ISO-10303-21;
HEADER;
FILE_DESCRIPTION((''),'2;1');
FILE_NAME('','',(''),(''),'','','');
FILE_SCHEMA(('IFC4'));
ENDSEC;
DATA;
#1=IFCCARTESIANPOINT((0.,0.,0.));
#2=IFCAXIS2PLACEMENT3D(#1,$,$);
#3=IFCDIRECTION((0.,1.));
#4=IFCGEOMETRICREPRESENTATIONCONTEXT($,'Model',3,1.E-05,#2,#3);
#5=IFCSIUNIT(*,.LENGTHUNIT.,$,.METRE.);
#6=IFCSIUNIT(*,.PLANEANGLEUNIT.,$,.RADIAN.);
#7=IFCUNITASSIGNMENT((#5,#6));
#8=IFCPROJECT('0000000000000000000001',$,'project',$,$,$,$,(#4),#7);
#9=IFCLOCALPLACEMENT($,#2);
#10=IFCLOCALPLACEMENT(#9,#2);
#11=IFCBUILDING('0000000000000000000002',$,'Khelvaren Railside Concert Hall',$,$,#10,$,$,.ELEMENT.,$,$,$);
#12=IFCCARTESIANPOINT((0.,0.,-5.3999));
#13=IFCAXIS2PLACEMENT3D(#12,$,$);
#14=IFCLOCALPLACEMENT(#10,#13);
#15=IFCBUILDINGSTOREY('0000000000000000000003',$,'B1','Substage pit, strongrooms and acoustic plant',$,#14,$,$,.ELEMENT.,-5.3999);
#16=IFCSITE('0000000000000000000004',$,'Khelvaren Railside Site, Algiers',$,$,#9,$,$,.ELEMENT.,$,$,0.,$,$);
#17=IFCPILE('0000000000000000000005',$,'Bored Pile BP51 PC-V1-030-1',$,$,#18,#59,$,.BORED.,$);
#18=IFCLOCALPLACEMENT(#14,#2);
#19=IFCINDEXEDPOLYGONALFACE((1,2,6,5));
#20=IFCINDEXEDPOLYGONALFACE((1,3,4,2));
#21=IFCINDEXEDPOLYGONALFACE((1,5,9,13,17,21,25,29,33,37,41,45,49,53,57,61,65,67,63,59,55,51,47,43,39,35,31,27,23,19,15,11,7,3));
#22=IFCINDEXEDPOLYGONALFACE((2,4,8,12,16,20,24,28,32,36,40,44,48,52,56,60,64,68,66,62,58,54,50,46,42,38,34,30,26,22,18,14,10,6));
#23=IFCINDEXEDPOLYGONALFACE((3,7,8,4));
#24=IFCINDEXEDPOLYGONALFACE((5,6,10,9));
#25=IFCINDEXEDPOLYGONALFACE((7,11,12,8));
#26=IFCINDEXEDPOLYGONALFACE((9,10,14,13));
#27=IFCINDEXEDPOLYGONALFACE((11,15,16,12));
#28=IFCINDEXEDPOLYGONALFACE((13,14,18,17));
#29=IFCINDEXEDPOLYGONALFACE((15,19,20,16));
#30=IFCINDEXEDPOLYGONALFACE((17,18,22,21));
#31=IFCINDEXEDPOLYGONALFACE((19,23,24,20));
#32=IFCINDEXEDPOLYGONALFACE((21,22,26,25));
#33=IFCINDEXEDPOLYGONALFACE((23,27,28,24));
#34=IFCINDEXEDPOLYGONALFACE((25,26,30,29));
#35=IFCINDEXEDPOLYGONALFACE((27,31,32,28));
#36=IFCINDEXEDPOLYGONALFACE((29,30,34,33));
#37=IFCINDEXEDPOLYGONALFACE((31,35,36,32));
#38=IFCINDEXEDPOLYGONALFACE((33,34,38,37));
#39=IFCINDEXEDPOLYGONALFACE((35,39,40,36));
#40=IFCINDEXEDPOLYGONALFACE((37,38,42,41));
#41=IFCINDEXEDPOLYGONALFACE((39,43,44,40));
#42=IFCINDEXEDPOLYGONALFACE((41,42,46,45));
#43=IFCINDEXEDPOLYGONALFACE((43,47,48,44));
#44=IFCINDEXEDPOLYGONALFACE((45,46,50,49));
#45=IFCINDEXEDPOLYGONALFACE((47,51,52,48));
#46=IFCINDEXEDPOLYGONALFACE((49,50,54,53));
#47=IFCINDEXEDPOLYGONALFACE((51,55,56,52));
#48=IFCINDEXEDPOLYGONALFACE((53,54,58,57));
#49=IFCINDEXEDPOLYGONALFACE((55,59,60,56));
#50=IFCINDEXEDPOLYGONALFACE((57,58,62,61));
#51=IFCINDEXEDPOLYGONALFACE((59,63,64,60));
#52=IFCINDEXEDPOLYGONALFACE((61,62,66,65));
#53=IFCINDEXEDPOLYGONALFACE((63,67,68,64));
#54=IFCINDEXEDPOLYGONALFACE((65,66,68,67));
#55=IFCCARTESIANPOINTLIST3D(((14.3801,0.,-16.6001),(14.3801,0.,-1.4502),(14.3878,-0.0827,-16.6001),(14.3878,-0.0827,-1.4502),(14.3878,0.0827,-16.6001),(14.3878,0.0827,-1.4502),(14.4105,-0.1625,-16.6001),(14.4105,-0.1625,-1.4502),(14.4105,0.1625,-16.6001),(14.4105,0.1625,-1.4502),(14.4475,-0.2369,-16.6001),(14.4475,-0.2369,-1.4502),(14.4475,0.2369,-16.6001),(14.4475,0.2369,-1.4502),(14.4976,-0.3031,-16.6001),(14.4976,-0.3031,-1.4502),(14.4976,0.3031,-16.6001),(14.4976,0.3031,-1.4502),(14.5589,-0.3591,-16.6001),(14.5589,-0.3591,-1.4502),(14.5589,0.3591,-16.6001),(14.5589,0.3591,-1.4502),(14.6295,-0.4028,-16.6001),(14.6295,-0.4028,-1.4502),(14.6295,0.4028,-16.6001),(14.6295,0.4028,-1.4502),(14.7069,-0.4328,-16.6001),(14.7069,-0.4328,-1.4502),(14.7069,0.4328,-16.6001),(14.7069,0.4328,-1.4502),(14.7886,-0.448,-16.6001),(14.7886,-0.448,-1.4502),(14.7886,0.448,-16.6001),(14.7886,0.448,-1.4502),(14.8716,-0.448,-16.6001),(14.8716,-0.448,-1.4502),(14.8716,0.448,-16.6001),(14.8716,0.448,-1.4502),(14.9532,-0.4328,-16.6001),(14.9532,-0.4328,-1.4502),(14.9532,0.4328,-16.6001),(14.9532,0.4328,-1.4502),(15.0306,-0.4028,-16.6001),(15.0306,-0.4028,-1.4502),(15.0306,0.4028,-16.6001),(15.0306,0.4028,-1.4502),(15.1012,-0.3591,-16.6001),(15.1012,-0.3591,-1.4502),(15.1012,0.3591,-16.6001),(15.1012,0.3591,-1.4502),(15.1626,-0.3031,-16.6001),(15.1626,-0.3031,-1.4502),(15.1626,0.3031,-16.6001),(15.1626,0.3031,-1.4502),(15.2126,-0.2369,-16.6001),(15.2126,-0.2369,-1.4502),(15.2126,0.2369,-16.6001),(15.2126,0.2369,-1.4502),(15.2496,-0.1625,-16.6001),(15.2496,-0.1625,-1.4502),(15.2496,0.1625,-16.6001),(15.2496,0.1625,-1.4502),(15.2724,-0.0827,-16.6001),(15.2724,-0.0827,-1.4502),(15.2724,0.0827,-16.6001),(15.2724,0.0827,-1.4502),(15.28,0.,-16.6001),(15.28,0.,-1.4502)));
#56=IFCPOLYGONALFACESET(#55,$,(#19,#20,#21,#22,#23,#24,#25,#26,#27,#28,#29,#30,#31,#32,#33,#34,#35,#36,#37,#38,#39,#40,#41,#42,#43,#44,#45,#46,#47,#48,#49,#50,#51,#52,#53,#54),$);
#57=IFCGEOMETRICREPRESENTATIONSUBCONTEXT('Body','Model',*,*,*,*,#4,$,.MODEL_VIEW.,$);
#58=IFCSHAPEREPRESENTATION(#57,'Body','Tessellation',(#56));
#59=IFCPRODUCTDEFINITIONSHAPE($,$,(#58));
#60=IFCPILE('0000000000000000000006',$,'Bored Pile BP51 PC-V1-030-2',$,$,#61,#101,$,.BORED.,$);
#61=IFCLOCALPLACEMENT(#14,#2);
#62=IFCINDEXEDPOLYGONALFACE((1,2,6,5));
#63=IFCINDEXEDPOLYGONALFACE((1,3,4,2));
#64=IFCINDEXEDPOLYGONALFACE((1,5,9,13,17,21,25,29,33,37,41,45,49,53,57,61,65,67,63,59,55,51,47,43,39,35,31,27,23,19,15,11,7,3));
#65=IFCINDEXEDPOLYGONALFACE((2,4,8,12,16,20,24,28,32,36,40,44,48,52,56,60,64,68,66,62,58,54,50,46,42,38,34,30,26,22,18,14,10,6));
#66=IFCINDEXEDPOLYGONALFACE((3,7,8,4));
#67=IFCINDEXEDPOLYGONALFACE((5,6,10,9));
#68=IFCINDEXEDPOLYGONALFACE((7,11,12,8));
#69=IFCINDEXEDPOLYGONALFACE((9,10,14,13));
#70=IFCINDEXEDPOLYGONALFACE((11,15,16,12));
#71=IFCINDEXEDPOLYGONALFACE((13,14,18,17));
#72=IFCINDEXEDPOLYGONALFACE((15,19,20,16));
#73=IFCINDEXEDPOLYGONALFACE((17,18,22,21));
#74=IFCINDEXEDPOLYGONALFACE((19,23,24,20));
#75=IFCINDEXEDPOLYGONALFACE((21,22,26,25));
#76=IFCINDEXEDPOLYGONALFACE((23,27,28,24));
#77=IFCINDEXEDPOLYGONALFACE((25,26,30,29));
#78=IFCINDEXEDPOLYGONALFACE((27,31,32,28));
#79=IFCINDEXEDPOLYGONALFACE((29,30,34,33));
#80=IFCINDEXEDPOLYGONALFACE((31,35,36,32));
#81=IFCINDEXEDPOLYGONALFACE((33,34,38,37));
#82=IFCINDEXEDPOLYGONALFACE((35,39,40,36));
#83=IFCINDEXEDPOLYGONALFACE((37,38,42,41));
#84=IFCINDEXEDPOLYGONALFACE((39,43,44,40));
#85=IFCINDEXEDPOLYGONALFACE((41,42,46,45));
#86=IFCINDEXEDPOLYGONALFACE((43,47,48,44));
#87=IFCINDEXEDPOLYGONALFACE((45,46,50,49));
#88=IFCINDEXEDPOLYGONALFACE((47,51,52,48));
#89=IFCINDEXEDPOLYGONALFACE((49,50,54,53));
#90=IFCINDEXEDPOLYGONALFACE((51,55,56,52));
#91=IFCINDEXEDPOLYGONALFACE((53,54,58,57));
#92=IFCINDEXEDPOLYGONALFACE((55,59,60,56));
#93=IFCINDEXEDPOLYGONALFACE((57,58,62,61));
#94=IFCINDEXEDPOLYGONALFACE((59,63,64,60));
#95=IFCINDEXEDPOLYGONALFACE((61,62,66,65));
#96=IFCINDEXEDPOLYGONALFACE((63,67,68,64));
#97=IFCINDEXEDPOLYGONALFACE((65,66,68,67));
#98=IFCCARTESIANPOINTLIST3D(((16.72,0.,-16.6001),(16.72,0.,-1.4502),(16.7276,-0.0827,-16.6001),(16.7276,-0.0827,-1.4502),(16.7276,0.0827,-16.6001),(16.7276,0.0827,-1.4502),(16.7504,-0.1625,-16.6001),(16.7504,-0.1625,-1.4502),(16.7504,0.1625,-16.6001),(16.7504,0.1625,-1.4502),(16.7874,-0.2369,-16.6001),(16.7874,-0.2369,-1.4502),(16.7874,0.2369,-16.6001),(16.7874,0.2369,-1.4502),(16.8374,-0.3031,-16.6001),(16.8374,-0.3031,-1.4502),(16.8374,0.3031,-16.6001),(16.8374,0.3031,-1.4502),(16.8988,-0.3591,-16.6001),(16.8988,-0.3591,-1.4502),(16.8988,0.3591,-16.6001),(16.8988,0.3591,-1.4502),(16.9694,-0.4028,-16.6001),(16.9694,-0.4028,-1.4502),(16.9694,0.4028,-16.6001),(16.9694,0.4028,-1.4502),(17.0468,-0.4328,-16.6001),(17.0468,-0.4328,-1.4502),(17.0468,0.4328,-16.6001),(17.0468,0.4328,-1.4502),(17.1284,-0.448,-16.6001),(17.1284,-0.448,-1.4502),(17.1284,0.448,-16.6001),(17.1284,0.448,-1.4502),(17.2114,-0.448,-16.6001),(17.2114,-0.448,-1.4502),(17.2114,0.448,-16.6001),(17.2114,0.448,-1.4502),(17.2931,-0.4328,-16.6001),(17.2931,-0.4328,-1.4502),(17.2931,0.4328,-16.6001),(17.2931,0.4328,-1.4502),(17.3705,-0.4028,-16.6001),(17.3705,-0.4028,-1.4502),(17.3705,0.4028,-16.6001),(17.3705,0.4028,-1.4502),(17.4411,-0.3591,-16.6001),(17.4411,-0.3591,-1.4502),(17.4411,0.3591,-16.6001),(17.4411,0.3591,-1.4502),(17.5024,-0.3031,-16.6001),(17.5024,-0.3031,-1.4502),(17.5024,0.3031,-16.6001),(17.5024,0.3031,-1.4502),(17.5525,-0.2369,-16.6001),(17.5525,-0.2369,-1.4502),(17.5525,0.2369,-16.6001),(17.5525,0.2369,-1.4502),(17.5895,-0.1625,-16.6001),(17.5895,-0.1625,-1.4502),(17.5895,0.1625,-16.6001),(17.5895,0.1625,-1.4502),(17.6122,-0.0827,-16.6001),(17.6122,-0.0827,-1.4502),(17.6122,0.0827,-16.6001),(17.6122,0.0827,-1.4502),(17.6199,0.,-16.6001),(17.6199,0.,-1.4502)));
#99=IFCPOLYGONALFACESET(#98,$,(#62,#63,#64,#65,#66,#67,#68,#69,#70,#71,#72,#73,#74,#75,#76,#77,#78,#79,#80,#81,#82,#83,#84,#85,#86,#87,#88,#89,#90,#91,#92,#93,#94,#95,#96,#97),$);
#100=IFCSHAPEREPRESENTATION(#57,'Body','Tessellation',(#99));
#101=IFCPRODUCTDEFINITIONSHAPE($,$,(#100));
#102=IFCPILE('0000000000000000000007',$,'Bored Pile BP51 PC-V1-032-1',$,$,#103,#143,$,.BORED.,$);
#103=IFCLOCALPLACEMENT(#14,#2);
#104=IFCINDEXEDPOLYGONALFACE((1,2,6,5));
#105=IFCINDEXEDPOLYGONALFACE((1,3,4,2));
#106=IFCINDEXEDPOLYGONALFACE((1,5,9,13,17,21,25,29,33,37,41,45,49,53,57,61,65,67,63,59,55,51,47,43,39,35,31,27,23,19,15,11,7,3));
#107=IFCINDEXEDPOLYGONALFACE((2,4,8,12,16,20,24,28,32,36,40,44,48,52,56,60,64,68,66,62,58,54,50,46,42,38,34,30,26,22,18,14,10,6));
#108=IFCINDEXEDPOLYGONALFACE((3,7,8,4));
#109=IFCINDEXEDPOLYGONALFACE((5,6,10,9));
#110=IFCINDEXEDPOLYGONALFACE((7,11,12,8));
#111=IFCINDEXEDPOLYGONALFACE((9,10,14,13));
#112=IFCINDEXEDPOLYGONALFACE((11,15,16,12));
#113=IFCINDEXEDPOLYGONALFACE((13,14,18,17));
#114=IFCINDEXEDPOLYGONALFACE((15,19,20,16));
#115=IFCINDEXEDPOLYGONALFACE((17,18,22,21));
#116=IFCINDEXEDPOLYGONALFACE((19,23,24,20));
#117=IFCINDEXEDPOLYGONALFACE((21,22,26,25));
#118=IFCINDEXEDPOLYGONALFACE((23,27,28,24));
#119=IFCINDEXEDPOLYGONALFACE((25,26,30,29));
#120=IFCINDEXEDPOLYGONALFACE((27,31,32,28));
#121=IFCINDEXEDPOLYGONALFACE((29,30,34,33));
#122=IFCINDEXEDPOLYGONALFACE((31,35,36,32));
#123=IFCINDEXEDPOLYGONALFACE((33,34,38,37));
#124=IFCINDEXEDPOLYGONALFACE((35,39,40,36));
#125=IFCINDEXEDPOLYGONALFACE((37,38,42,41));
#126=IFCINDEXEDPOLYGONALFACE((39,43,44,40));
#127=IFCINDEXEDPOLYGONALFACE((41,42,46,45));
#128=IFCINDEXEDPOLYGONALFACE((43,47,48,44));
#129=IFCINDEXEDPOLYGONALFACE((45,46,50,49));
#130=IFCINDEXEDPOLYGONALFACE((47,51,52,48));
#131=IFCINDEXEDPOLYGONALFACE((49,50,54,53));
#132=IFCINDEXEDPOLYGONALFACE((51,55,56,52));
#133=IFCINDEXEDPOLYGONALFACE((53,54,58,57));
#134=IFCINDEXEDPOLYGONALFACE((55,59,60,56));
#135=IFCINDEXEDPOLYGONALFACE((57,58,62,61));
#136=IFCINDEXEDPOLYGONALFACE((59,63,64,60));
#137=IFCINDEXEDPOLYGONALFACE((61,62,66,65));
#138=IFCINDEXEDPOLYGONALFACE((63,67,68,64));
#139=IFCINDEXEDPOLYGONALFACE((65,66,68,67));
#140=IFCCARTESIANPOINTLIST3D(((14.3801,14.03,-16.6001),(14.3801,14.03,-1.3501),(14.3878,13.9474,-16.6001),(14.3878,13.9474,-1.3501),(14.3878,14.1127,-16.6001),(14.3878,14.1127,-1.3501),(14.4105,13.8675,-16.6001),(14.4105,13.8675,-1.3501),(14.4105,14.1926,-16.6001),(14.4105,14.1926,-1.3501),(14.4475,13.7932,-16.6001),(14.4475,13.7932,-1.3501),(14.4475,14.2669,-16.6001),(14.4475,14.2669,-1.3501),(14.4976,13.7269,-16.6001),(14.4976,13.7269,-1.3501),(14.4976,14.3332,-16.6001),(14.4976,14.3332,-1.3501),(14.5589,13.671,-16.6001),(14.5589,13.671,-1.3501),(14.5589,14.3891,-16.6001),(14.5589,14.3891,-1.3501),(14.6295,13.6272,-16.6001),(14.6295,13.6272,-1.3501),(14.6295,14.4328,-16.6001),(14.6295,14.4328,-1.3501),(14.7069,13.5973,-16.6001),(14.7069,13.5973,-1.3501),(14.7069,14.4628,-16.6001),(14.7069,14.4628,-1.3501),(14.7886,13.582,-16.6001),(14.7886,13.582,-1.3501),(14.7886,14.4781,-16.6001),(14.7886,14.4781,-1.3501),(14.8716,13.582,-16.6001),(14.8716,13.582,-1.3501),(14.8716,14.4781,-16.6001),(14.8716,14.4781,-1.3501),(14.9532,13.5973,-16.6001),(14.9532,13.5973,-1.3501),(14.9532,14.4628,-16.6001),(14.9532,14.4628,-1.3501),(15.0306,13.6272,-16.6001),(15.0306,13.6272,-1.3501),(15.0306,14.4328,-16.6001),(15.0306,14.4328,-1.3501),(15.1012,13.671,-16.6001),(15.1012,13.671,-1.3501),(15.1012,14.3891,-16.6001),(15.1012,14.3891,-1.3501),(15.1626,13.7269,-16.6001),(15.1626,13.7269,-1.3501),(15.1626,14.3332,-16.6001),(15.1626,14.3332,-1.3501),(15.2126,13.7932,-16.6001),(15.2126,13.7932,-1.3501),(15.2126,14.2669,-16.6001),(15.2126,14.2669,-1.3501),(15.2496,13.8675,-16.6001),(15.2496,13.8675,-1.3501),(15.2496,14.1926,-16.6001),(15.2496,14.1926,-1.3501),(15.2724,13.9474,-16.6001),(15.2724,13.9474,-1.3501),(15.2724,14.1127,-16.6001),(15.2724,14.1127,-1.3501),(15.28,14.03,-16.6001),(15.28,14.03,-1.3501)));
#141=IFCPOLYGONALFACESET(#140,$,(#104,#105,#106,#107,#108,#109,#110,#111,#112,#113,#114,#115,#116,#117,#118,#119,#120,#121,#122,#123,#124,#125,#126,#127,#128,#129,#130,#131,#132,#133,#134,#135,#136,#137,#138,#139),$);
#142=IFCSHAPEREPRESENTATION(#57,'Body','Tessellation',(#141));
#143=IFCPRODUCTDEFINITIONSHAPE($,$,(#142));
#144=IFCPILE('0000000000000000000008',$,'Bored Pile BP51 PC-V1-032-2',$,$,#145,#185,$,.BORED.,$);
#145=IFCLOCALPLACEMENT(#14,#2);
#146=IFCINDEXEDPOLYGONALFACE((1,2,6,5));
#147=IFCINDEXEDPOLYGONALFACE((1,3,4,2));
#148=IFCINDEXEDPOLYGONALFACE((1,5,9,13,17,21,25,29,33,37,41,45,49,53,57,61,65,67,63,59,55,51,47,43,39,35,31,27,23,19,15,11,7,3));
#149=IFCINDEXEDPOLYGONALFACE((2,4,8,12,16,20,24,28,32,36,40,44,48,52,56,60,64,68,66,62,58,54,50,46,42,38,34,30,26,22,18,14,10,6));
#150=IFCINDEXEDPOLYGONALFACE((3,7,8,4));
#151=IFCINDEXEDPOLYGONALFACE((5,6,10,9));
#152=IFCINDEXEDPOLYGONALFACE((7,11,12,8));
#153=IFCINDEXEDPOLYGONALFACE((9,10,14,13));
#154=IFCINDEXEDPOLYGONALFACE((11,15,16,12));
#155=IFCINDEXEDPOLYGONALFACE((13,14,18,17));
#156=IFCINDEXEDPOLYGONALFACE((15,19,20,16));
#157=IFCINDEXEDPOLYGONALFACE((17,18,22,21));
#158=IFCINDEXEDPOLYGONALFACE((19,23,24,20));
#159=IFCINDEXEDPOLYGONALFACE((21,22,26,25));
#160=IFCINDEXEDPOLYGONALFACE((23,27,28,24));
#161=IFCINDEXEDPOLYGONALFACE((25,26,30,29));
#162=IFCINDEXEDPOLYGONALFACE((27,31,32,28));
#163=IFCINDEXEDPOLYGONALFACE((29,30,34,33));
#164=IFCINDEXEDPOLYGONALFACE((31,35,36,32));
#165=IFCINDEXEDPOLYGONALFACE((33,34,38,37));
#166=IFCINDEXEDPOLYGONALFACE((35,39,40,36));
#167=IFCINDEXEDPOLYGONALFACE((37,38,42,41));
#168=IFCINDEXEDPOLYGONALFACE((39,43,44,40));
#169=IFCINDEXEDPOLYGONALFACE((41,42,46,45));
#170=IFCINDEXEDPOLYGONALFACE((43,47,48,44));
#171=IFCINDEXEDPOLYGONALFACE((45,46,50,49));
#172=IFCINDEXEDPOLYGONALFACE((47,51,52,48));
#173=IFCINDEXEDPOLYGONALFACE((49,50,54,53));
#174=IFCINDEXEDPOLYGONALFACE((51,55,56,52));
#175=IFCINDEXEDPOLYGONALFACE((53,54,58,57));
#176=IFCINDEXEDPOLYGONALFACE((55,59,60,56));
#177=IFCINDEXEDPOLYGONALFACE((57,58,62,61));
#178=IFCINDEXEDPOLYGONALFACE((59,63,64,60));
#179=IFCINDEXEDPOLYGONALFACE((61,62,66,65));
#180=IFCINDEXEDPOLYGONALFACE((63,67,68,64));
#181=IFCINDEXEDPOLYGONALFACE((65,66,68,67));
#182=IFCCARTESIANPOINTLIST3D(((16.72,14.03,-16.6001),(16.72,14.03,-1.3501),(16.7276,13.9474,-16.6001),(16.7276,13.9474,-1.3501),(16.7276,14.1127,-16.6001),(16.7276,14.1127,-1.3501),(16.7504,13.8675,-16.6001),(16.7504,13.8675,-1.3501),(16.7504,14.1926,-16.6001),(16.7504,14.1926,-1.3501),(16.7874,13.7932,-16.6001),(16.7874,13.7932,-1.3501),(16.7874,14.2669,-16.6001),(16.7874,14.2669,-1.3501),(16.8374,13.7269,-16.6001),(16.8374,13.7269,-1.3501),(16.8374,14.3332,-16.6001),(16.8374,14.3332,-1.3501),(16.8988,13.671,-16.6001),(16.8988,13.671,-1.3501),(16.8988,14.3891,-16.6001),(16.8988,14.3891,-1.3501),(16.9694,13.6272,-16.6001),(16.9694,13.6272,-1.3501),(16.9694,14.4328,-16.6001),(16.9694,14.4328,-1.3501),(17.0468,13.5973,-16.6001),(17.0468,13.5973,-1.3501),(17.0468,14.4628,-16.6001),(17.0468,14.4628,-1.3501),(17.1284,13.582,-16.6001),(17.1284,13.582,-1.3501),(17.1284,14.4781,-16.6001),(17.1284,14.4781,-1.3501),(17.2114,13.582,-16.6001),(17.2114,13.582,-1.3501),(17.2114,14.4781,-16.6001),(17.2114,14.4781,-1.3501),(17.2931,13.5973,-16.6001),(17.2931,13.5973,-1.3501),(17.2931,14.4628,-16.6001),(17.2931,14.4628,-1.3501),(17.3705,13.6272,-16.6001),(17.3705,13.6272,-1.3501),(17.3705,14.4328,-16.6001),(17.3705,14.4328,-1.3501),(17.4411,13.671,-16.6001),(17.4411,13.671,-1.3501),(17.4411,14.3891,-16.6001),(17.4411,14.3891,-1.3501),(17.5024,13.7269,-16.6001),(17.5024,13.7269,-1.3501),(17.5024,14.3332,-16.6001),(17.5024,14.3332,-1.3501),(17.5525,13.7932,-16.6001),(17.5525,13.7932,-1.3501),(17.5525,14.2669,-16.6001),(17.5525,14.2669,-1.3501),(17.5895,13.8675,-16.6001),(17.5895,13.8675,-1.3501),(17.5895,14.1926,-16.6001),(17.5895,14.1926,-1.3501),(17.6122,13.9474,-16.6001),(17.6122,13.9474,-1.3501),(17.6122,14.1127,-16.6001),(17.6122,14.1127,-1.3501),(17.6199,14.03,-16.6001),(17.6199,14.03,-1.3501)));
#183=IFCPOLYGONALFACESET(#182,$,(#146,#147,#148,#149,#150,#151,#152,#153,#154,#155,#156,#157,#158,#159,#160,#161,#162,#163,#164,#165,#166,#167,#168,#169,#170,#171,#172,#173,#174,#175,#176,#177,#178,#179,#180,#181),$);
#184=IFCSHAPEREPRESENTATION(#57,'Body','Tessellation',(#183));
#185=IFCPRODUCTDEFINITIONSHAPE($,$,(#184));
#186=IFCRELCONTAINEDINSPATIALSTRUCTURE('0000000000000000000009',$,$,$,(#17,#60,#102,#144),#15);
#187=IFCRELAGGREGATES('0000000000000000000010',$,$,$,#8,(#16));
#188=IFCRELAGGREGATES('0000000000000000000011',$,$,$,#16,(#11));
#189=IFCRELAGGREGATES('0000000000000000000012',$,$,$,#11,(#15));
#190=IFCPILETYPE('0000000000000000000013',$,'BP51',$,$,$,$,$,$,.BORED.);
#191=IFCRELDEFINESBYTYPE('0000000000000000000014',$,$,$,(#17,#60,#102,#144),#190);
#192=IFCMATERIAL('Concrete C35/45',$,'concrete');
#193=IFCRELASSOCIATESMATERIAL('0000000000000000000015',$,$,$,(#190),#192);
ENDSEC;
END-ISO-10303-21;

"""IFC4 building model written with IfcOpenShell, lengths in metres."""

from ifc_helpers import new_model, si_unit, direction, frame, origin, origin_2d, place, context, subcontext, project, spatial, circle, extrude, material, material_profile, profile_set, type_object, element, save


model = new_model("IFC4")

# Units and contexts
model_context = context("Model", 3, precision=1e-05, world=origin(), true_north=direction((0.0, 1.0)))
body_context = subcontext(model_context, "Body", "Model", "MODEL_VIEW")
ifc_project = project(units=[si_unit("LENGTHUNIT", "METRE"), si_unit("PLANEANGLEUNIT", "RADIAN")], contexts=[model_context])

# Site, building, storey
site_placement = place(None, origin())
site = spatial("IfcSite", under=ifc_project, at=site_placement, Name="Khelvaren Railside Site, Algiers", CompositionType="ELEMENT", RefElevation=0.0)
building_placement = place(site_placement, origin())
building = spatial("IfcBuilding", under=site, at=building_placement, Name="Khelvaren Railside Concert Hall", CompositionType="ELEMENT")
storey_placement = place(building_placement, frame((0.0, 0.0, -5.3999)))
storey = spatial("IfcBuildingStorey", under=building, at=storey_placement, Name="B1", Description="Substage pit, strongrooms and acoustic plant", CompositionType="ELEMENT", Elevation=-5.3999)

# Piles
ifc_material_1 = material(Name="Concrete C35/45", Category="concrete")
ifc_material_profile_1 = material_profile(ifc_material_1, circle(Radius=0.45, at=origin_2d()), Name="BP D900")
ifc_profile_set_1 = profile_set([ifc_material_profile_1], Name="Concrete C35/45")
pile_type_1 = type_object("IfcPileType", Name="BP51", PredefinedType="BORED", material=ifc_profile_set_1)
for number, where, z_axis, x_axis, name in (
    (1, (14.8301, 0.0, -1.4502), (0.0, 0.0, -1.0), (1.0, 0.0, 0.0), "Bored Pile BP51 PC-V1-030-1"),
    (2, (17.1699, 0.0, -1.4502), (0.0, 0.0, -1.0), (1.0, 0.0, 0.0), "Bored Pile BP51 PC-V1-030-2"),
):
    element("IfcPile", number, at=place(storey_placement, frame(where, z_axis=z_axis, x_axis=x_axis)), inside=storey, type_object=pile_type_1, Name=name, PredefinedType="BORED", context=body_context, shape_type="SweptSolid", body=[
        extrude(circle(Radius=0.45, at=origin_2d()), origin(), (0.0, 0.0, 1.0), 15.1499),
    ])
for number, where, z_axis, x_axis, name in (
    (3, (14.8301, 14.03, -1.3501), (0.0, 0.0, -1.0), (1.0, 0.0, 0.0), "Bored Pile BP51 PC-V1-032-1"),
    (4, (17.1699, 14.03, -1.3501), (0.0, 0.0, -1.0), (1.0, 0.0, 0.0), "Bored Pile BP51 PC-V1-032-2"),
):
    element("IfcPile", number, at=place(storey_placement, frame(where, z_axis=z_axis, x_axis=x_axis)), inside=storey, type_object=pile_type_1, Name=name, PredefinedType="BORED", context=body_context, shape_type="SweptSolid", body=[
        extrude(circle(Radius=0.45, at=origin_2d()), origin(), (0.0, 0.0, 1.0), 15.25),
    ])

save(model, "model.ifc")
